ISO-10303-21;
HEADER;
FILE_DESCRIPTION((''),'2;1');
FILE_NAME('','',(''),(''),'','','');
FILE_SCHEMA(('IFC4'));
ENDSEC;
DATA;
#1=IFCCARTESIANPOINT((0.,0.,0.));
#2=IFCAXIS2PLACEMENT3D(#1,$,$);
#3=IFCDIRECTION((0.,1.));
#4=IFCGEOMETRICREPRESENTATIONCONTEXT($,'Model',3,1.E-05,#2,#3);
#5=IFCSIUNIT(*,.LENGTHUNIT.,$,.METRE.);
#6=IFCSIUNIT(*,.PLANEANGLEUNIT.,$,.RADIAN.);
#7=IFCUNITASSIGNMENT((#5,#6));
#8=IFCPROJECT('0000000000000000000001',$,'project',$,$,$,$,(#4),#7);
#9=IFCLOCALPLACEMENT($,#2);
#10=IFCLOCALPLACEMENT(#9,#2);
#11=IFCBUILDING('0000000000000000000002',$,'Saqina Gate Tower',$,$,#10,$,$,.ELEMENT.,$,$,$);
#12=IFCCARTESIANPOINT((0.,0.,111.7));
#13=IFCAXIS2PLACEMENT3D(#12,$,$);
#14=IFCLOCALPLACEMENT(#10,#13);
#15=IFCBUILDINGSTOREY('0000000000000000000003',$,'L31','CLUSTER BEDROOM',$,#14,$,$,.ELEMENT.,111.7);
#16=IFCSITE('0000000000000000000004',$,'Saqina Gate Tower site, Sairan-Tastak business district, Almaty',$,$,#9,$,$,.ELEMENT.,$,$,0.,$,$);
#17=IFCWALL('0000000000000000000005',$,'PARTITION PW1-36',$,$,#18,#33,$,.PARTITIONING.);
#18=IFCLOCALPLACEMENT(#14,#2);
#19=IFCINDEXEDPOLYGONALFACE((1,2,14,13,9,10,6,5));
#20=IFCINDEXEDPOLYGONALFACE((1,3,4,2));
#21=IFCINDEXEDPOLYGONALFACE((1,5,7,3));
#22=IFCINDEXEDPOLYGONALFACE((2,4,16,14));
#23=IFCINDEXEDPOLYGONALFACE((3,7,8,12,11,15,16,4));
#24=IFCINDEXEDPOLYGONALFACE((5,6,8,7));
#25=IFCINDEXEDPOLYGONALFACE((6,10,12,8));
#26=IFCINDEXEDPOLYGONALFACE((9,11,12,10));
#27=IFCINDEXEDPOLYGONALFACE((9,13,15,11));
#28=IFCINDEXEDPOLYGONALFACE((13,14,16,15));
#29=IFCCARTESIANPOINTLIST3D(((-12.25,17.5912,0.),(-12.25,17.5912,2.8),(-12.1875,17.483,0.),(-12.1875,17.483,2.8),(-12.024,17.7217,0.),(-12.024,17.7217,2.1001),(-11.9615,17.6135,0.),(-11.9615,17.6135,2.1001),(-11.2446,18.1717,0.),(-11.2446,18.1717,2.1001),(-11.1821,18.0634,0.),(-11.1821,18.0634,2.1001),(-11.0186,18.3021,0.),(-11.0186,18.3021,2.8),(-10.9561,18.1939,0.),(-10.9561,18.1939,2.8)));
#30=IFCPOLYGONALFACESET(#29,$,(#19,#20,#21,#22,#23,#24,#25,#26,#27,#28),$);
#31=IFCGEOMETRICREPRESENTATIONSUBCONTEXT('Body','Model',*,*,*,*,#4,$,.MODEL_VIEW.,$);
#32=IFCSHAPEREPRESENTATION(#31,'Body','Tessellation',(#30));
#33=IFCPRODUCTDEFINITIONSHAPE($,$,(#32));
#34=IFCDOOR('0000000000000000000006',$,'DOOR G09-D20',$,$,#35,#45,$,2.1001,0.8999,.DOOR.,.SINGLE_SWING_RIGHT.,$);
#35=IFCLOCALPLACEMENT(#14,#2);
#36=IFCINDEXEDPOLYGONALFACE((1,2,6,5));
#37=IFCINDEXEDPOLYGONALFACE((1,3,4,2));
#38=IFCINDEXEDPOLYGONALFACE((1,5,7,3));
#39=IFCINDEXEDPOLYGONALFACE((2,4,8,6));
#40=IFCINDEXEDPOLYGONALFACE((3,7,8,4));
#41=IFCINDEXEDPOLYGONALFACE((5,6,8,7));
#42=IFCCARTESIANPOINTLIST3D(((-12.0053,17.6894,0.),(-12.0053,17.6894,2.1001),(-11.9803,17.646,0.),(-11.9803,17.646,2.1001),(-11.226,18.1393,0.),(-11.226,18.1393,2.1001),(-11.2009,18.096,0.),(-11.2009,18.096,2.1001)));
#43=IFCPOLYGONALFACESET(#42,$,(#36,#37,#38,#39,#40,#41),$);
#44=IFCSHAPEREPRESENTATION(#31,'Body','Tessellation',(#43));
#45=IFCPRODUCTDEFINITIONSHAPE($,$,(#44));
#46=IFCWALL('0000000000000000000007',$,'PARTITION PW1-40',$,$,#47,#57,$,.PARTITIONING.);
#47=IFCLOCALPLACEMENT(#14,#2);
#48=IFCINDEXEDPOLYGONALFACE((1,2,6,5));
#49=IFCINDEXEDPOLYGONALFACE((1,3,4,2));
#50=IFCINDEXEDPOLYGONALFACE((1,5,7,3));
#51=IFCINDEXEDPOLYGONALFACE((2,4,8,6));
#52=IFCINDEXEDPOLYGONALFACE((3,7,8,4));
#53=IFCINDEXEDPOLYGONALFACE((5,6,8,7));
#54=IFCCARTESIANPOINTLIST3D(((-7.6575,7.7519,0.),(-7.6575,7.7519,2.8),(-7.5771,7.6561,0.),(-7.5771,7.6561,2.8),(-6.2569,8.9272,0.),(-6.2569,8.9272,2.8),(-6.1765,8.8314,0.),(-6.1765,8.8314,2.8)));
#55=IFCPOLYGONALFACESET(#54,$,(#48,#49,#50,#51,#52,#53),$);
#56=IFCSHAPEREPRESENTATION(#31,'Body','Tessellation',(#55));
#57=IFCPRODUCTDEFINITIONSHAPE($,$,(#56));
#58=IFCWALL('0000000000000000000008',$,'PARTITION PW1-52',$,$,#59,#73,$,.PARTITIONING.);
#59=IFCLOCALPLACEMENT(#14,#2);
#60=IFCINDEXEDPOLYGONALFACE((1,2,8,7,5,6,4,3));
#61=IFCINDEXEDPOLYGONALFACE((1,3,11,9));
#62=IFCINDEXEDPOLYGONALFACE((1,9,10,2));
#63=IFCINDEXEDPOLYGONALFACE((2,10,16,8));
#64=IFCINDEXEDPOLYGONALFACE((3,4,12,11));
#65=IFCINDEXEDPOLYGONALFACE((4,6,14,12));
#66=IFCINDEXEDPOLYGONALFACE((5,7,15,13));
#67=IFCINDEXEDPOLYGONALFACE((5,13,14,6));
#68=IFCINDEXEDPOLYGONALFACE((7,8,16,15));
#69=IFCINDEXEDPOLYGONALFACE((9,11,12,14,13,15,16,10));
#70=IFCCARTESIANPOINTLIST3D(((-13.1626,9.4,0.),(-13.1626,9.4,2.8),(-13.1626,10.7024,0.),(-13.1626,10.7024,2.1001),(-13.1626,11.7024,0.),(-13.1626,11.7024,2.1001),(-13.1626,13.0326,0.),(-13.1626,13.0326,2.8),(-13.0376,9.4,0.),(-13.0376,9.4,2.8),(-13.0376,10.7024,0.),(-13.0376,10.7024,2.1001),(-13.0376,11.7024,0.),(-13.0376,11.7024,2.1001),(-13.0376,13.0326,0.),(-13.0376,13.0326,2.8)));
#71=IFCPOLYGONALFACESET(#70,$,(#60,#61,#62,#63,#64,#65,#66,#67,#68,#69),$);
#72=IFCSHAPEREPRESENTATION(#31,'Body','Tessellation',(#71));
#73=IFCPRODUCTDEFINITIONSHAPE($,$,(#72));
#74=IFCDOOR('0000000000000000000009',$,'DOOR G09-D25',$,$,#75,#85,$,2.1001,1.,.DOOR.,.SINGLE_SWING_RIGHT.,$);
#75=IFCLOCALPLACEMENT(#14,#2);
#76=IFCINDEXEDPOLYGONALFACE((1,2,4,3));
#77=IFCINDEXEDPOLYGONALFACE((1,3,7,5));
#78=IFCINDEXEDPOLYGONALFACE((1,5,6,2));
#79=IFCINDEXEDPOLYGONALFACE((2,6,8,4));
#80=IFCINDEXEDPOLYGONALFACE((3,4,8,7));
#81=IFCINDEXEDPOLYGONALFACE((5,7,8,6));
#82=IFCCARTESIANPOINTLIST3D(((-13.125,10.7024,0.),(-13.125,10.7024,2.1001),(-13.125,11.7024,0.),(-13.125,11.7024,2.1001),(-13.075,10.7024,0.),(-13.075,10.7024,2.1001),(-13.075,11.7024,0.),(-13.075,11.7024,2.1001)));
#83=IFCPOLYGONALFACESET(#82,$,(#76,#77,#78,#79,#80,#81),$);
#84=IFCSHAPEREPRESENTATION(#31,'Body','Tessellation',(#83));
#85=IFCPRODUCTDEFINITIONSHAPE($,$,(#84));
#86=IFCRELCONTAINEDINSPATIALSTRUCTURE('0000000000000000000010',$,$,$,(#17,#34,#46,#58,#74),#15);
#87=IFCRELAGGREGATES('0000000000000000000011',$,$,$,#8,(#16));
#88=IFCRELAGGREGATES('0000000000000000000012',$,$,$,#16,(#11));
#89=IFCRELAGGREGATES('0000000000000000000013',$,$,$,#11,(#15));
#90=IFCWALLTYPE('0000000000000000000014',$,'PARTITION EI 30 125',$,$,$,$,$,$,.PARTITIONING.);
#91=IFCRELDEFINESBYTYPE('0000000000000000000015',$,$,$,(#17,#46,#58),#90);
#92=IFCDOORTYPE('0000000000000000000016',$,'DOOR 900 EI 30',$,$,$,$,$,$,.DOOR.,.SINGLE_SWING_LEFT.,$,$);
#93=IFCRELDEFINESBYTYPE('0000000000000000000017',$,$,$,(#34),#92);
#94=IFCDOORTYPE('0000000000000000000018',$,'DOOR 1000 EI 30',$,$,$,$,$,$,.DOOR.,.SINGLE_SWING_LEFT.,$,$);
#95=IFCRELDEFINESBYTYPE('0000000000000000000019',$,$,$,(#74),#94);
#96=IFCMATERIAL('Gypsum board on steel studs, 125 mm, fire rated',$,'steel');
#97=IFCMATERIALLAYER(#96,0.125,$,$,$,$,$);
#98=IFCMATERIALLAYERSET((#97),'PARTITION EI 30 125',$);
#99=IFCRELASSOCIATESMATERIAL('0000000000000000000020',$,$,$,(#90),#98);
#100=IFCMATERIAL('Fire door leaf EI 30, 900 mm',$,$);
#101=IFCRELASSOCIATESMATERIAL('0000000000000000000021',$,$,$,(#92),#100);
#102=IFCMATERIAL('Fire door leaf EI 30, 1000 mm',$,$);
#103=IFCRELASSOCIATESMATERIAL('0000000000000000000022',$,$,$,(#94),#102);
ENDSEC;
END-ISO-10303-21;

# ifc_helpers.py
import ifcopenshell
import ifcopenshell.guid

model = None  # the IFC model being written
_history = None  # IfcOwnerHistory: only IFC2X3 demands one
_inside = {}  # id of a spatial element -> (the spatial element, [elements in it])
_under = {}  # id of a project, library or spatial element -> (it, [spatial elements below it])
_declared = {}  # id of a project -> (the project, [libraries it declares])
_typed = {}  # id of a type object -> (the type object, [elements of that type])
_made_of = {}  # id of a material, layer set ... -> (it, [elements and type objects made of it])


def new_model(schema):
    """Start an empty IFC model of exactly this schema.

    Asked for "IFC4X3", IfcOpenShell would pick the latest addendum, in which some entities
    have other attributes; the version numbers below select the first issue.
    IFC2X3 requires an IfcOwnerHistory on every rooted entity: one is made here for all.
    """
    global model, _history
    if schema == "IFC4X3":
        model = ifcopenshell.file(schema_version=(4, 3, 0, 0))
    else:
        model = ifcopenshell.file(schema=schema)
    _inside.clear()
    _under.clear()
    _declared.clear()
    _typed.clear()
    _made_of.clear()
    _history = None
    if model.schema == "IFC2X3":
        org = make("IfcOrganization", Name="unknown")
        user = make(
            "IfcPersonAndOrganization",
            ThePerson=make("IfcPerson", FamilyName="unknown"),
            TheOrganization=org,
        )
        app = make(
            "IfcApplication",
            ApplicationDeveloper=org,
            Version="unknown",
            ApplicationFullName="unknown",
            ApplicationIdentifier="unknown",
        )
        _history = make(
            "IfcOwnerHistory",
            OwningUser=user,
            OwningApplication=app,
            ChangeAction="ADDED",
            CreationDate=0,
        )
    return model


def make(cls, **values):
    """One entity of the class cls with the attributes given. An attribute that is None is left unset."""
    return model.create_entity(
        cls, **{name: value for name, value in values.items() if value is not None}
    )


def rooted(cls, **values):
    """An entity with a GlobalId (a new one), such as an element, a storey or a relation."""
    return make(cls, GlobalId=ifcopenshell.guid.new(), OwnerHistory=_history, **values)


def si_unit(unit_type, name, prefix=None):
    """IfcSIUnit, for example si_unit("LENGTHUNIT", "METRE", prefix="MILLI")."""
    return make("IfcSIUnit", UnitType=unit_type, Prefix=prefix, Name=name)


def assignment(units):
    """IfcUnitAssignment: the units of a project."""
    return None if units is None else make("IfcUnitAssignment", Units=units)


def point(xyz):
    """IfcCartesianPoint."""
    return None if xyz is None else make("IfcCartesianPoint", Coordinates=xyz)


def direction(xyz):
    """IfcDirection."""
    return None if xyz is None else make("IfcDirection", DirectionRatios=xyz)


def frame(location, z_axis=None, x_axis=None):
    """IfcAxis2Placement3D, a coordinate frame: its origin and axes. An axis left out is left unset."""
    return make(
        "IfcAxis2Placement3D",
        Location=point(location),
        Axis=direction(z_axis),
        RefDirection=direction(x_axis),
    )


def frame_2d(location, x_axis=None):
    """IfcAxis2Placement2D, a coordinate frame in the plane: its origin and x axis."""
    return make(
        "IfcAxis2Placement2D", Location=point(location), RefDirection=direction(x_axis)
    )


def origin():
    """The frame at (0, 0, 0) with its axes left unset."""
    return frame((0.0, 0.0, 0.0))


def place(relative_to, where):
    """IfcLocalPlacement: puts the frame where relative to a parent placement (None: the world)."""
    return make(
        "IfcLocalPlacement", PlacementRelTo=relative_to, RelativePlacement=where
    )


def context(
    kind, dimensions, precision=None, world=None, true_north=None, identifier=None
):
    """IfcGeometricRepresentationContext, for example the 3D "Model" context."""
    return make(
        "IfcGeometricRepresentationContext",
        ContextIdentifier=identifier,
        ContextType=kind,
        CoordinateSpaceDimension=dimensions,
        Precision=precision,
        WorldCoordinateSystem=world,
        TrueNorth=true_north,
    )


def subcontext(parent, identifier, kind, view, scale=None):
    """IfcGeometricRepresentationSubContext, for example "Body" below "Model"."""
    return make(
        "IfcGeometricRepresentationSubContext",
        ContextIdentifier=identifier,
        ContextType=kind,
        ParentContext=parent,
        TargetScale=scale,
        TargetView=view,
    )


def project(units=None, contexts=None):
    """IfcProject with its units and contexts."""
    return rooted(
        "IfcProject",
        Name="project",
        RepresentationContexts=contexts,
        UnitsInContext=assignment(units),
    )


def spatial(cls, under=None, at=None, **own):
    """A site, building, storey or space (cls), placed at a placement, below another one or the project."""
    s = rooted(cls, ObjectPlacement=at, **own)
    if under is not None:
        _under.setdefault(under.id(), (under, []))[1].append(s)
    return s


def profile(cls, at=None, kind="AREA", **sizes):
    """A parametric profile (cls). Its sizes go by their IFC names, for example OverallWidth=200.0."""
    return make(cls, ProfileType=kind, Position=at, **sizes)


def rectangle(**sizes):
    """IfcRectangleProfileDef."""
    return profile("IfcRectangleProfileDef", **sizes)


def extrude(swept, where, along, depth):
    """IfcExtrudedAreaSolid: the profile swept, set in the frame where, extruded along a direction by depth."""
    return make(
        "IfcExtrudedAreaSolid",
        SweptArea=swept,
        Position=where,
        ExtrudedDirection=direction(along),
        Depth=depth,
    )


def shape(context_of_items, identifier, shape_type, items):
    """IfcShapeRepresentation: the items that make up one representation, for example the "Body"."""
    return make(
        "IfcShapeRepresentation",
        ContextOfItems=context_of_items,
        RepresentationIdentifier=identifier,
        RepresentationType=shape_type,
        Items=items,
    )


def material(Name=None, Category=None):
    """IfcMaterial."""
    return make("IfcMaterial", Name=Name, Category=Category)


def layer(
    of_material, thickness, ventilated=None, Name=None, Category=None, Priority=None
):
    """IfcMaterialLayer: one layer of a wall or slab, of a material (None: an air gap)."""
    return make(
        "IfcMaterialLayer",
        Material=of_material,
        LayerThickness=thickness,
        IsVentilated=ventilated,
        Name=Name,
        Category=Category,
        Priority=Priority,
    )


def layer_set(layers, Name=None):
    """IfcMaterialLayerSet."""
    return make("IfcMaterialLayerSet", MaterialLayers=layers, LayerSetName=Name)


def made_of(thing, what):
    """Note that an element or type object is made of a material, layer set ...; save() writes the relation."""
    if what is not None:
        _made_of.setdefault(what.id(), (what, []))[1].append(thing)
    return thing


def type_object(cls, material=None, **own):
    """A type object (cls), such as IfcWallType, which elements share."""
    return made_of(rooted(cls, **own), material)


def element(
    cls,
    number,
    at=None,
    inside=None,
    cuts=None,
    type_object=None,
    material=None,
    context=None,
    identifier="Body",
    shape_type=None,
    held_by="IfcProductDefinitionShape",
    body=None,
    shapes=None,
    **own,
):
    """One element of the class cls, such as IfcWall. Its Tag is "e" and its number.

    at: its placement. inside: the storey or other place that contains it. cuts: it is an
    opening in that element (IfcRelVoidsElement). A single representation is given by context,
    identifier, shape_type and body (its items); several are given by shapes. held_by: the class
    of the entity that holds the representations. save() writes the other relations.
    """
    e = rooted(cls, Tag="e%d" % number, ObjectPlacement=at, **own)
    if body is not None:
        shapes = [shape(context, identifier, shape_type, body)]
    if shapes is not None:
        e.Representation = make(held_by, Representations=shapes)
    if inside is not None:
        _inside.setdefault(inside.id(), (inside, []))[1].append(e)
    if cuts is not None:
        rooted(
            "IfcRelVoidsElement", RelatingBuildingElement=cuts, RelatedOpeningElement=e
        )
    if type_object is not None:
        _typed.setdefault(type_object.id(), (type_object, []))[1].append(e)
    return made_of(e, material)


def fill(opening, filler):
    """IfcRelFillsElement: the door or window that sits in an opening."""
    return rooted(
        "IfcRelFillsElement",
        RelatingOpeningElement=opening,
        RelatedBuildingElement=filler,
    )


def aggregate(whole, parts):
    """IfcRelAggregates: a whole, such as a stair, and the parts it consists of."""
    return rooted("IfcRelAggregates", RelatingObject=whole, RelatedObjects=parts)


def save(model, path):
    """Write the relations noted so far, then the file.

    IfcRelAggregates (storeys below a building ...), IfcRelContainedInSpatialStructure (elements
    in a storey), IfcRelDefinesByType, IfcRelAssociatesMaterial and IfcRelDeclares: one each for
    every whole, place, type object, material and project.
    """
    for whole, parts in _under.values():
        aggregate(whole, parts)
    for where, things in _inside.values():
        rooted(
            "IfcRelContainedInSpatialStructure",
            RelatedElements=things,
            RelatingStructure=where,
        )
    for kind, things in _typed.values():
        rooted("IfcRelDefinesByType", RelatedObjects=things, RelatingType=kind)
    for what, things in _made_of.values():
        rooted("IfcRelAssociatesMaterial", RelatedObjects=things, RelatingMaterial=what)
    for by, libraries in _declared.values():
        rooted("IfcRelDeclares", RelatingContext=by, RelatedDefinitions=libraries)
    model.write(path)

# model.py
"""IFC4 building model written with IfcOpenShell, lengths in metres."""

from ifc_helpers import new_model, si_unit, direction, frame, frame_2d, origin, place, context, subcontext, project, spatial, rectangle, extrude, material, layer, layer_set, type_object, element, fill, save


model = new_model("IFC4")

# Units and contexts
model_context = context("Model", 3, precision=1e-05, world=origin(), true_north=direction((0.0, 1.0)))
body_context = subcontext(model_context, "Body", "Model", "MODEL_VIEW")
ifc_project = project(units=[si_unit("LENGTHUNIT", "METRE"), si_unit("PLANEANGLEUNIT", "RADIAN")], contexts=[model_context])

# Site, building, storey
site_placement = place(None, origin())
site = spatial("IfcSite", under=ifc_project, at=site_placement, Name="Saqina Gate Tower site, Sairan-Tastak business district, Almaty", CompositionType="ELEMENT", RefElevation=0.0)
building_placement = place(site_placement, origin())
building = spatial("IfcBuilding", under=site, at=building_placement, Name="Saqina Gate Tower", CompositionType="ELEMENT")
storey_placement = place(building_placement, frame((0.0, 0.0, 111.7)))
storey = spatial("IfcBuildingStorey", under=building, at=storey_placement, Name="L31", Description="CLUSTER BEDROOM", CompositionType="ELEMENT", Elevation=111.7)

# Shared definitions
ifc_material_1 = material(Name="Gypsum board on steel studs, 125 mm, fire rated", Category="steel")
ifc_layer_1 = layer(ifc_material_1, 0.125)
ifc_layer_set_1 = layer_set([ifc_layer_1], Name="PARTITION EI 30 125")
wall_type_1 = type_object("IfcWallType", Name="PARTITION EI 30 125", PredefinedType="PARTITIONING", material=ifc_layer_set_1)

# Wall, opening, door
wall_1_placement = place(storey_placement, frame((-12.2188, 17.5371, 0.0), z_axis=(0.0, 0.0, 1.0), x_axis=(0.866037, 0.49998, 0.0)))
wall_1 = element("IfcWall", 1, at=wall_1_placement, inside=storey, type_object=wall_type_1, Name="PARTITION PW1-36", PredefinedType="PARTITIONING", context=body_context, shape_type="SweptSolid", body=[
    extrude(rectangle(XDim=1.4219, YDim=0.125, at=frame_2d((0.7109, 0.0))), origin(), (0.0, 0.0, 1.0), 2.8),
])
opening_1_placement = place(wall_1_placement, frame((0.261, 0.0, 0.0)))
opening_1 = element("IfcOpeningElement", 2, at=opening_1_placement, cuts=wall_1, PredefinedType="OPENING", context=body_context, shape_type="SweptSolid", body=[
    extrude(rectangle(XDim=0.8999, YDim=2.1001, at=frame_2d((0.45, 1.05))), frame((0.0, 0.0745, 0.0), z_axis=(0.0, -1.0, 0.0), x_axis=(1.0, 0.0, 0.0)), (0.0, 0.0, 1.0), 0.1489),
])
ifc_material_2 = material(Name="Fire door leaf EI 30, 900 mm")
door_type_1 = type_object("IfcDoorType", Name="DOOR 900 EI 30", OperationType="SINGLE_SWING_LEFT", PredefinedType="DOOR", material=ifc_material_2)
door_1_placement = place(opening_1_placement, frame((0.8999, 0.0, 0.0), z_axis=(0.0, 0.0, 1.0), x_axis=(-1.0, 0.0, 0.0)))
door_1 = element("IfcDoor", 3, at=door_1_placement, inside=storey, type_object=door_type_1, Name="DOOR G09-D20", OperationType="SINGLE_SWING_RIGHT", OverallHeight=2.1001, OverallWidth=0.8999, PredefinedType="DOOR", context=body_context, shape_type="SweptSolid", body=[
    extrude(rectangle(XDim=0.8999, YDim=2.1001, at=frame_2d((0.45, 1.05))), frame((0.0, 0.0249, 0.0), z_axis=(0.0, -1.0, 0.0), x_axis=(1.0, 0.0, 0.0)), (0.0, 0.0, 1.0), 0.05),
])
fill(opening_1, door_1)

# Wall
wall_2_placement = place(storey_placement, frame((-7.6172, 7.7041, 0.0), z_axis=(0.0, 0.0, 1.0), x_axis=(0.766039, 0.642794, 0.0)))
element("IfcWall", 4, at=wall_2_placement, inside=storey, type_object=wall_type_1, Name="PARTITION PW1-40", PredefinedType="PARTITIONING", context=body_context, shape_type="SweptSolid", body=[
    extrude(rectangle(XDim=1.8284, YDim=0.125, at=frame_2d((0.9141, 0.0))), origin(), (0.0, 0.0, 1.0), 2.8),
])

# Wall, opening, door
wall_3_placement = place(storey_placement, frame((-13.1001, 9.3999, 0.0), z_axis=(0.0, 0.0, 1.0), x_axis=(0.0, 1.0, 0.0)))
wall_3 = element("IfcWall", 5, at=wall_3_placement, inside=storey, type_object=wall_type_1, Name="PARTITION PW1-52", PredefinedType="PARTITIONING", context=body_context, shape_type="SweptSolid", body=[
    extrude(rectangle(XDim=3.6326, YDim=0.125, at=frame_2d((1.8164, 0.0))), origin(), (0.0, 0.0, 1.0), 2.8),
])
opening_2_placement = place(wall_3_placement, frame((1.3025, 0.0, 0.0)))
opening_2 = element("IfcOpeningElement", 6, at=opening_2_placement, cuts=wall_3, PredefinedType="OPENING", context=body_context, shape_type="SweptSolid", body=[
    extrude(rectangle(XDim=1.0, YDim=2.1001, at=frame_2d((0.5, 1.05))), frame((0.0, 0.0745, 0.0), z_axis=(0.0, -1.0, 0.0), x_axis=(1.0, 0.0, 0.0)), (0.0, 0.0, 1.0), 0.1489),
])
ifc_material_3 = material(Name="Fire door leaf EI 30, 1000 mm")
door_type_2 = type_object("IfcDoorType", Name="DOOR 1000 EI 30", OperationType="SINGLE_SWING_LEFT", PredefinedType="DOOR", material=ifc_material_3)
door_2_placement = place(opening_2_placement, origin())
door_2 = element("IfcDoor", 7, at=door_2_placement, inside=storey, type_object=door_type_2, Name="DOOR G09-D25", OperationType="SINGLE_SWING_RIGHT", OverallHeight=2.1001, OverallWidth=1.0, PredefinedType="DOOR", context=body_context, shape_type="SweptSolid", body=[
    extrude(rectangle(XDim=1.0, YDim=2.1001, at=frame_2d((0.5, 1.05))), frame((0.0, 0.0249, 0.0), z_axis=(0.0, -1.0, 0.0), x_axis=(1.0, 0.0, 0.0)), (0.0, 0.0, 1.0), 0.05),
])
fill(opening_2, door_2)

save(model, "model.ifc")
